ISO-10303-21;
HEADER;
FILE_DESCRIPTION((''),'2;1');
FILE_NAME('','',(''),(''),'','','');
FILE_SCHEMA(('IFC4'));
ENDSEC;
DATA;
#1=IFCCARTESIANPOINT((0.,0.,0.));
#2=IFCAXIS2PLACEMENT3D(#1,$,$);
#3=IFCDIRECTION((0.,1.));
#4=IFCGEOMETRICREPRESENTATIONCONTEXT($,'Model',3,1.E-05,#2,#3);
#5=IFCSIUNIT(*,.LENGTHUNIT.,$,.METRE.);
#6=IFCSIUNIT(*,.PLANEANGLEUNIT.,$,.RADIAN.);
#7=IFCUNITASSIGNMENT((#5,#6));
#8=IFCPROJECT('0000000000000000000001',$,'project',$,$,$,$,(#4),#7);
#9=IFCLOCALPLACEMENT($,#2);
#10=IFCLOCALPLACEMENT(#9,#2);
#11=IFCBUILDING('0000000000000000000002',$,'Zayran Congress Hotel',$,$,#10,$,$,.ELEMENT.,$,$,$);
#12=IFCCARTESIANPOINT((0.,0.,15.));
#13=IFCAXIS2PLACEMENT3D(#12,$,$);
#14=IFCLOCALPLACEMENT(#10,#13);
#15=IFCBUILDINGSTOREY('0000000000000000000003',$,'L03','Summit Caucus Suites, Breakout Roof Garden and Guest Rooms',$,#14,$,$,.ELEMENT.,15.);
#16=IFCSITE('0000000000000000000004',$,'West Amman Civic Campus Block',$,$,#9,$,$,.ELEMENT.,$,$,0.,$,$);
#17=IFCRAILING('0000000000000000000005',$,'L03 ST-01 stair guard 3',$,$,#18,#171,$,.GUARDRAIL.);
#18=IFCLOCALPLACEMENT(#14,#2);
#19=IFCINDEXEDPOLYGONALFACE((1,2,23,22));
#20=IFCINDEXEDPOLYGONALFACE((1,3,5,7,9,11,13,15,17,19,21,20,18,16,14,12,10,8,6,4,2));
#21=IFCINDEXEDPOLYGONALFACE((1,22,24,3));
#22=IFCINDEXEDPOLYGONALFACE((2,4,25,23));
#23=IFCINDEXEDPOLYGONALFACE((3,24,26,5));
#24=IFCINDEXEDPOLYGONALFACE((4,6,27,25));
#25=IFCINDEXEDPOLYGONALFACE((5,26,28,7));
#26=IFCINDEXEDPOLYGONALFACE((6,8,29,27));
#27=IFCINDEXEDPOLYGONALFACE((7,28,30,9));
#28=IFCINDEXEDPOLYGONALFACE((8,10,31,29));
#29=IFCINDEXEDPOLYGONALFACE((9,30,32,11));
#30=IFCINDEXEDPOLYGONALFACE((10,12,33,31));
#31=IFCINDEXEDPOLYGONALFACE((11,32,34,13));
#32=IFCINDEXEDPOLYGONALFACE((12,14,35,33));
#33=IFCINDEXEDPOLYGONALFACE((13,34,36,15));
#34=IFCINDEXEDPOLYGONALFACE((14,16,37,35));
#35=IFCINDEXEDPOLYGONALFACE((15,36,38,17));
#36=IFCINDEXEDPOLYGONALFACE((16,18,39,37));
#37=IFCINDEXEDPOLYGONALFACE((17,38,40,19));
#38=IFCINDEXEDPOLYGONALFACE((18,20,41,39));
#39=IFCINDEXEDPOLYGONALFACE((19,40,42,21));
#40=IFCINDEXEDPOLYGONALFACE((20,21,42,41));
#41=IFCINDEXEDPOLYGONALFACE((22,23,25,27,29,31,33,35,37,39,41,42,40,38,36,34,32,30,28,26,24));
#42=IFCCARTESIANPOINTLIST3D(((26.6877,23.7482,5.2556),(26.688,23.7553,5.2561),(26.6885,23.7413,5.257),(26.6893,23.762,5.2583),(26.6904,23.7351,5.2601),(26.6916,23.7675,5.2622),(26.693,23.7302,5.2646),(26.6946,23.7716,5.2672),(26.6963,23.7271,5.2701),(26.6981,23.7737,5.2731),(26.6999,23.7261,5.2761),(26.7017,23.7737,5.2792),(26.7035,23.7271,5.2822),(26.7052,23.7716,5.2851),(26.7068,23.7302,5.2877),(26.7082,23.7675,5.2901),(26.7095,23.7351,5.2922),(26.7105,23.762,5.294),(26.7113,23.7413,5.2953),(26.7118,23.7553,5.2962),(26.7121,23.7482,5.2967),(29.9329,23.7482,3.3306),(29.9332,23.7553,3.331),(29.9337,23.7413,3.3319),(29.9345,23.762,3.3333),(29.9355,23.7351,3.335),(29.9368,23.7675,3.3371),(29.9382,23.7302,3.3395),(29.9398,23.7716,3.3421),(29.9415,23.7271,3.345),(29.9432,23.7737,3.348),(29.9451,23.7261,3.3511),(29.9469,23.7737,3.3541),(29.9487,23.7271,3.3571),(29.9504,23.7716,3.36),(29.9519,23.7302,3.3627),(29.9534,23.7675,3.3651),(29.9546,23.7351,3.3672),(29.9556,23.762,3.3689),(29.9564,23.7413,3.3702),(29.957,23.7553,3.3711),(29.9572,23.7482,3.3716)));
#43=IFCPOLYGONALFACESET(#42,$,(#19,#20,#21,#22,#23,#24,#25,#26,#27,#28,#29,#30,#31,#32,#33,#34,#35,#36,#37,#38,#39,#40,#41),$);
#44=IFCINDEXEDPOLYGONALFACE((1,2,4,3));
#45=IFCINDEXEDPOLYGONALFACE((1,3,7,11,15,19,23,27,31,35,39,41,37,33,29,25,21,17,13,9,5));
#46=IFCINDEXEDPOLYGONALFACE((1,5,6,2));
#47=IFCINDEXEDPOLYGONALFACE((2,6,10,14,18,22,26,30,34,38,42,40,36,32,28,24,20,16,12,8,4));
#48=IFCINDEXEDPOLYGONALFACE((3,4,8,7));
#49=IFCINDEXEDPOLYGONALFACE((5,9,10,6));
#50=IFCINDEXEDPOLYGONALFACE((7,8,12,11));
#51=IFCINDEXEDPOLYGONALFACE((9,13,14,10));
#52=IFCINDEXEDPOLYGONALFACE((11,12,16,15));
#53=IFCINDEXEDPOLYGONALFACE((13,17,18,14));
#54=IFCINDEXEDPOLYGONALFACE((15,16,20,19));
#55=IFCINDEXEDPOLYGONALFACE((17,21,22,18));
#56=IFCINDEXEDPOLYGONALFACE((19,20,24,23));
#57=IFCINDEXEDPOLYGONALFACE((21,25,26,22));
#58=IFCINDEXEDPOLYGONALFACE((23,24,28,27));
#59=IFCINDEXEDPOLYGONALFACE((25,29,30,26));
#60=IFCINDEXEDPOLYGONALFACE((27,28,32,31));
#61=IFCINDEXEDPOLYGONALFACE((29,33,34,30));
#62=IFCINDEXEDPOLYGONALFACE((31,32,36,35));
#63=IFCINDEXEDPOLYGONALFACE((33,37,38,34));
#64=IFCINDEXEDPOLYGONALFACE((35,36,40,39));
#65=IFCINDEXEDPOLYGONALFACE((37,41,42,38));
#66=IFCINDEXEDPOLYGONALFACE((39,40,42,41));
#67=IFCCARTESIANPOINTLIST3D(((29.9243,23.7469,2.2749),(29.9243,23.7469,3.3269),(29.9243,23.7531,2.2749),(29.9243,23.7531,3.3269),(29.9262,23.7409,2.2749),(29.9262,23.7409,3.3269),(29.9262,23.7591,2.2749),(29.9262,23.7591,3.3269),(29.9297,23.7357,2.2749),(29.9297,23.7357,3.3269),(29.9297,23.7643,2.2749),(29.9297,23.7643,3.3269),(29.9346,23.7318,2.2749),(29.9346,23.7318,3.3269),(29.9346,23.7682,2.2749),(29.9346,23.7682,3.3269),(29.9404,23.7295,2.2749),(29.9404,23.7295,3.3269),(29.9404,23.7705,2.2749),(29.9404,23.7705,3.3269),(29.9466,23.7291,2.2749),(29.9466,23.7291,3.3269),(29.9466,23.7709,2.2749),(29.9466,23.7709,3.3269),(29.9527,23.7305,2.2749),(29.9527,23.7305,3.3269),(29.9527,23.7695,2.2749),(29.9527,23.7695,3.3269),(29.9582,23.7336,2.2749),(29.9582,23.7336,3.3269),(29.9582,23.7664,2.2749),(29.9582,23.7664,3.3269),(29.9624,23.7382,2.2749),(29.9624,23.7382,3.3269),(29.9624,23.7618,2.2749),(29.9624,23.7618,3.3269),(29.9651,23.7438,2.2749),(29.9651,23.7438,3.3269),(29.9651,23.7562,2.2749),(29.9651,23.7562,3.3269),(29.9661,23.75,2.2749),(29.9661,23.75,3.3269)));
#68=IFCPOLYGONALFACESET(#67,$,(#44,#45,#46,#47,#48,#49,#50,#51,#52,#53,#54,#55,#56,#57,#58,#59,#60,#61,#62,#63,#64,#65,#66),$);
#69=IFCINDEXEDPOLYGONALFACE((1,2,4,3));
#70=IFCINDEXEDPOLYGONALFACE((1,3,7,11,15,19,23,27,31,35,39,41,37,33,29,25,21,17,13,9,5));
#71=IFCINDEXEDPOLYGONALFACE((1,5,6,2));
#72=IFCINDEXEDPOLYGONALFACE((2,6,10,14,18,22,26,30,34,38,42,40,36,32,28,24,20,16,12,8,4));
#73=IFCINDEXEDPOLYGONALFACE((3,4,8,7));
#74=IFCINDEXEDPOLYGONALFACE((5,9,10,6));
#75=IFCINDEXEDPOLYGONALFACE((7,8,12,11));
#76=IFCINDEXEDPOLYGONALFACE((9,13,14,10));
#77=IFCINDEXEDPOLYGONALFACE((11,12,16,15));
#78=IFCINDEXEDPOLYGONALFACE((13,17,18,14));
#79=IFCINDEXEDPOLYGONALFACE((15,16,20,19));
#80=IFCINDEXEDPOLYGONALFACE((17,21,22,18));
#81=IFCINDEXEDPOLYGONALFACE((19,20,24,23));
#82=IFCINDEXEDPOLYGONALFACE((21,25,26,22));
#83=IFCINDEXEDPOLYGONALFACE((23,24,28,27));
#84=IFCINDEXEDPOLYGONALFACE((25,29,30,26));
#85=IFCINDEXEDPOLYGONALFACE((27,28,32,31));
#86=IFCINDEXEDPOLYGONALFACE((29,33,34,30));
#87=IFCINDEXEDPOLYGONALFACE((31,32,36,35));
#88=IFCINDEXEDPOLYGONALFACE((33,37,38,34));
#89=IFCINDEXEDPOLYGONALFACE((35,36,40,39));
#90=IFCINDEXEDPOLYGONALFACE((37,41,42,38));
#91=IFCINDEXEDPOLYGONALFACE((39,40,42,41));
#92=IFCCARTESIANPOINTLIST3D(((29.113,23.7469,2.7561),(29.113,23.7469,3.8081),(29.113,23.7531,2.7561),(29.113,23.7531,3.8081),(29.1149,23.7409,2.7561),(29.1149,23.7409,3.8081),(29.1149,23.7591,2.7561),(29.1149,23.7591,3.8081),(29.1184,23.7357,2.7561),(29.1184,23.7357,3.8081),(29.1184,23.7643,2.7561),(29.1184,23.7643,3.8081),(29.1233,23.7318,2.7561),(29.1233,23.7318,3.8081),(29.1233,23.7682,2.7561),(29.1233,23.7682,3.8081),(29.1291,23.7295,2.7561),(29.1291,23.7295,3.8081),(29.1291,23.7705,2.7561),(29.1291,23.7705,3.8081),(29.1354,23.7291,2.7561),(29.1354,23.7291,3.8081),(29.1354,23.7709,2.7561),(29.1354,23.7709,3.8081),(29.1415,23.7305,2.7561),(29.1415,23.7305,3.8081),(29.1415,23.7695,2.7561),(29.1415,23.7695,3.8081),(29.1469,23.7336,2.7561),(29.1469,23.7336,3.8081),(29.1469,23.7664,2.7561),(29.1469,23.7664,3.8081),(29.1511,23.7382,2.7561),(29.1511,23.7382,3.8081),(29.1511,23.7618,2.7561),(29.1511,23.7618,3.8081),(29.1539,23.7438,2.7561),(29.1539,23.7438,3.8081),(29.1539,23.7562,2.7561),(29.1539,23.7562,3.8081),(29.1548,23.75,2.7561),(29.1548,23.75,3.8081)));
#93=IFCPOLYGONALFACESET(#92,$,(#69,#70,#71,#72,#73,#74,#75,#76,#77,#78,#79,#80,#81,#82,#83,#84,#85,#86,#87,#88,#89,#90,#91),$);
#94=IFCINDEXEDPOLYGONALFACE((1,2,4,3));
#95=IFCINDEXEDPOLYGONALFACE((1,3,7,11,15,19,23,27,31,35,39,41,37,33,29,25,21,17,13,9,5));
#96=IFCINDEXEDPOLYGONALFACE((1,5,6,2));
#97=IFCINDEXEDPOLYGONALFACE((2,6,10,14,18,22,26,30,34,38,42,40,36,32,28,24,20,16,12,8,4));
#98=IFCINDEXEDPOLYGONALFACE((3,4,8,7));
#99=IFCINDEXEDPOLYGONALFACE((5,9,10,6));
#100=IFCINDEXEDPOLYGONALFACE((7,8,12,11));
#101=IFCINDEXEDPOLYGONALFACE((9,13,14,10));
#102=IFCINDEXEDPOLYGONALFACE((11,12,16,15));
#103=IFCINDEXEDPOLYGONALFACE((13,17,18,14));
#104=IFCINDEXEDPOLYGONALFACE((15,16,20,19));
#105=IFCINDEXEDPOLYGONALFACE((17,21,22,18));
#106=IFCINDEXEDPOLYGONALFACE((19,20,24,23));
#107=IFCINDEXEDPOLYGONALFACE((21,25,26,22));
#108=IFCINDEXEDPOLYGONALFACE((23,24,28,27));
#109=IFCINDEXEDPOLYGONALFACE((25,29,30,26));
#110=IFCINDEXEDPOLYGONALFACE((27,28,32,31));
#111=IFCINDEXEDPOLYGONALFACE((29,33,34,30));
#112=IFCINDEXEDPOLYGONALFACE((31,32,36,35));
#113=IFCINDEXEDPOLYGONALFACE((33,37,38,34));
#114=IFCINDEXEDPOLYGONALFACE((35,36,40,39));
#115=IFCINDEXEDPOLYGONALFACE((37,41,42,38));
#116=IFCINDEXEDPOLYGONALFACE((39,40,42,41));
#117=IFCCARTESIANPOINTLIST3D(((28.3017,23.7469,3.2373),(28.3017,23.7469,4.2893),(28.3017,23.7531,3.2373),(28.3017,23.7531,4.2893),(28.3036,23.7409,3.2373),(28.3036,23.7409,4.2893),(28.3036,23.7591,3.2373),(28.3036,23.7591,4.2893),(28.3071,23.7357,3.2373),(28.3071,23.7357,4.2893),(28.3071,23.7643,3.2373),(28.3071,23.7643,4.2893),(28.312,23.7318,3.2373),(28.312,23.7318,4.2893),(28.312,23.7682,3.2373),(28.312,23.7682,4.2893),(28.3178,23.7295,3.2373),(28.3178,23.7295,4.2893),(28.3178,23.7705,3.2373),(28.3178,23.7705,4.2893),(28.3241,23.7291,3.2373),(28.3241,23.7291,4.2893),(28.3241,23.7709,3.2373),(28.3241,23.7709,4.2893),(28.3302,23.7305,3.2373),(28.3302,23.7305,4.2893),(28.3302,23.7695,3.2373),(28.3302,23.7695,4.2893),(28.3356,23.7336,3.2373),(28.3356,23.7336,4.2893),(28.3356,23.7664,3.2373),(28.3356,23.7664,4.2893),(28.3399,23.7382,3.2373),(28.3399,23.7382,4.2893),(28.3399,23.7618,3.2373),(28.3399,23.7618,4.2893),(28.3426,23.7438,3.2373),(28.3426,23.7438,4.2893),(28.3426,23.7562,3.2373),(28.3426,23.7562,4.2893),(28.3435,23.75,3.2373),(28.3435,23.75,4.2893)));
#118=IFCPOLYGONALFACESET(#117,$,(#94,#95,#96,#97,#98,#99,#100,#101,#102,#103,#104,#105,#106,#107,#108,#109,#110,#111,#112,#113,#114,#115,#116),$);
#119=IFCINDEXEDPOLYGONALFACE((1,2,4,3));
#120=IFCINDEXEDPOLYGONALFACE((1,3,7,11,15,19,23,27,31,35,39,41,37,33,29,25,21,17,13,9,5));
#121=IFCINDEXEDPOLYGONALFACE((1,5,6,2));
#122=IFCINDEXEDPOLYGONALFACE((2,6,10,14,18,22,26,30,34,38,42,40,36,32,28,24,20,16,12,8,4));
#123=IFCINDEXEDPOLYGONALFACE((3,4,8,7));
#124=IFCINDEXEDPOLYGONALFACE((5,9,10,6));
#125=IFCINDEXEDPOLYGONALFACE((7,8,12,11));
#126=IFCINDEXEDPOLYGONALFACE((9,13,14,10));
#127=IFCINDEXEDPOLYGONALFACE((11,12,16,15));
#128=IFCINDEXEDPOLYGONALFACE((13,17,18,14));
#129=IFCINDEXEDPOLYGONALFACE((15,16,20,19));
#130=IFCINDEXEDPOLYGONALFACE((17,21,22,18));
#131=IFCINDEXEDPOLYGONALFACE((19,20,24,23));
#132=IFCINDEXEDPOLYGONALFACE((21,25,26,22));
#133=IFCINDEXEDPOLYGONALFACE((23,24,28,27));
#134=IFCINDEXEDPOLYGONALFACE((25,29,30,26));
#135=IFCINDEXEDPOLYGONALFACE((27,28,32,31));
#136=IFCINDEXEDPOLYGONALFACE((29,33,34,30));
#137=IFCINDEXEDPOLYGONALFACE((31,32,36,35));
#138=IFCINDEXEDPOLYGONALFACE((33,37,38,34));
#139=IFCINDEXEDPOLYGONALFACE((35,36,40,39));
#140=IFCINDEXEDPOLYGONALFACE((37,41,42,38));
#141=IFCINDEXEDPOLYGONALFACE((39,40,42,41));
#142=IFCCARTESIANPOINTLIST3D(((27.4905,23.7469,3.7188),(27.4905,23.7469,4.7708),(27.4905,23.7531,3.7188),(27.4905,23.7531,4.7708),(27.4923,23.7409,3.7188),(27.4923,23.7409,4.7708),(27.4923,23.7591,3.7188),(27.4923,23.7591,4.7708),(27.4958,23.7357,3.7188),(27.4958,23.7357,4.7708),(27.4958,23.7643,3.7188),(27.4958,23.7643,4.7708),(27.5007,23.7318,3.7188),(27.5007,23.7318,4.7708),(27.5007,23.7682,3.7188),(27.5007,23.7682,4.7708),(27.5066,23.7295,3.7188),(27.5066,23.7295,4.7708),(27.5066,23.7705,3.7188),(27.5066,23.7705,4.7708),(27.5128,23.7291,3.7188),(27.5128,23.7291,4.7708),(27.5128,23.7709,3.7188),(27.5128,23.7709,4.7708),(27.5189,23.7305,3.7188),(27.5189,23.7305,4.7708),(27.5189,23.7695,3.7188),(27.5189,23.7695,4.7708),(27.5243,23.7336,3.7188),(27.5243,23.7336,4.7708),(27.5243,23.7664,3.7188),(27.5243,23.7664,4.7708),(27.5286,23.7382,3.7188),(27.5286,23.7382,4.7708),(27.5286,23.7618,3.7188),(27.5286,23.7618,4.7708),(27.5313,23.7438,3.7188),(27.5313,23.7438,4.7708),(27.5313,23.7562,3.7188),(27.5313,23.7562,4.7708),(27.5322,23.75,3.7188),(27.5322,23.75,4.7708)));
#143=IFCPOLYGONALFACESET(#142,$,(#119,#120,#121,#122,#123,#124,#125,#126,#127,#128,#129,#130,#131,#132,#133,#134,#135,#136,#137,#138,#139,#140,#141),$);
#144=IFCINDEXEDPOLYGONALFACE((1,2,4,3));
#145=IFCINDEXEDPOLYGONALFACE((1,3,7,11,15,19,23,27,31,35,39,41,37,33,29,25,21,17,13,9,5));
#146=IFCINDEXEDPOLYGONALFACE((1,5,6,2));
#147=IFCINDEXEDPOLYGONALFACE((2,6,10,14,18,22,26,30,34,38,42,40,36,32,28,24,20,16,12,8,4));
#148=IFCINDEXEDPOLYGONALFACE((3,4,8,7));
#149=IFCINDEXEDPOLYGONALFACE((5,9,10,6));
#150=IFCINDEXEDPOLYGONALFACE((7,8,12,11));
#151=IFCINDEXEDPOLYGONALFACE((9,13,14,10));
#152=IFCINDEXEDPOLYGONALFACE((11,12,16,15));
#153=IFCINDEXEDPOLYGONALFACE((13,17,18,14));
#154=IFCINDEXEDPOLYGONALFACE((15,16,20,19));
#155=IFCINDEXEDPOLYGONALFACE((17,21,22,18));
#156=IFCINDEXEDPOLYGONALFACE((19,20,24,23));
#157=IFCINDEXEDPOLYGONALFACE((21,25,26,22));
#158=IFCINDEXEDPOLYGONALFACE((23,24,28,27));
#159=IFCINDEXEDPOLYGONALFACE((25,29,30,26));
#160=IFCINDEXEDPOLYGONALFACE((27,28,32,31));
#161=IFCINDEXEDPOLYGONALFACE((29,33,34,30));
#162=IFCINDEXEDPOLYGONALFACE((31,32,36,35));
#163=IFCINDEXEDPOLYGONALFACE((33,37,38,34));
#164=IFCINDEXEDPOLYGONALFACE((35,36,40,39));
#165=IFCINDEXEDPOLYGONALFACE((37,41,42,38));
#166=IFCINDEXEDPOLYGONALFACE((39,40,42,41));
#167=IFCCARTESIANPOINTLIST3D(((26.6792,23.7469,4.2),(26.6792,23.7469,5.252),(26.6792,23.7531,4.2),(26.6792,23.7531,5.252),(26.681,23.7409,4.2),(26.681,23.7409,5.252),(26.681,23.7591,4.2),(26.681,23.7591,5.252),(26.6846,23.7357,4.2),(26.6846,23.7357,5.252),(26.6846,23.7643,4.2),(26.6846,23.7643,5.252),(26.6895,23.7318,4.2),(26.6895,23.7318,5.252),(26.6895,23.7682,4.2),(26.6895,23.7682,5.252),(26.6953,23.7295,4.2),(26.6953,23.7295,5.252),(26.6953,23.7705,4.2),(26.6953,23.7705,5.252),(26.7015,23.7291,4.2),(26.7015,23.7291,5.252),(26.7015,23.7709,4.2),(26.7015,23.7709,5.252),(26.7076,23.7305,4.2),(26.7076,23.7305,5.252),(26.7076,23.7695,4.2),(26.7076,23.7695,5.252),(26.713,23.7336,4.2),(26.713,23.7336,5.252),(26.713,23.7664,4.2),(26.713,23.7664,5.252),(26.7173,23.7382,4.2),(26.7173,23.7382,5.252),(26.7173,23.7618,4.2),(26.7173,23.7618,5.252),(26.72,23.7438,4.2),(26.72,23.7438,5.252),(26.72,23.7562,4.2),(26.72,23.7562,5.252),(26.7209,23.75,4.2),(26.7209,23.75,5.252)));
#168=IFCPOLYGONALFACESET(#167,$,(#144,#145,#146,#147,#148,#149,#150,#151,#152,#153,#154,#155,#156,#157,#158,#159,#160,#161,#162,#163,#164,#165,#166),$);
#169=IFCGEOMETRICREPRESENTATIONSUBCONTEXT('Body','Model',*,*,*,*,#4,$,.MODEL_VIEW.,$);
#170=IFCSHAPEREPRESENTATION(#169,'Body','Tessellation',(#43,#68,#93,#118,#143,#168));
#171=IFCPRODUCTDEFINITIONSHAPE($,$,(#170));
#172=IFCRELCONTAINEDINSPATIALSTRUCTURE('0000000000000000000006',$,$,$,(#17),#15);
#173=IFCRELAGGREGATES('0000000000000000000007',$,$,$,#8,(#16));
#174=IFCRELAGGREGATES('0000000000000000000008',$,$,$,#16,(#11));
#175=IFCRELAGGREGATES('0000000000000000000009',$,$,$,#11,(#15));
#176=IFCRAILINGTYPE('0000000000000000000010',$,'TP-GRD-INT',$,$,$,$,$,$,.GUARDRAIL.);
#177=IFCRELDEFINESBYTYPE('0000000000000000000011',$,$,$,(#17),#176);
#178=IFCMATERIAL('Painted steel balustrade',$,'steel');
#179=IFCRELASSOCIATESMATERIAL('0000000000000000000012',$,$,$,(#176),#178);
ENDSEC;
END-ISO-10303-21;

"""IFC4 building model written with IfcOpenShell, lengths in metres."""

from ifc_helpers import new_model, si_unit, direction, frame, origin, origin_2d, place, context, subcontext, project, spatial, circle, extrude, material, type_object, element, save


model = new_model("IFC4")

# Units and contexts
model_context = context("Model", 3, precision=1e-05, world=origin(), true_north=direction((0.0, 1.0)))
body_context = subcontext(model_context, "Body", "Model", "MODEL_VIEW")
ifc_project = project(units=[si_unit("LENGTHUNIT", "METRE"), si_unit("PLANEANGLEUNIT", "RADIAN")], contexts=[model_context])

# Site, building, storey
site_placement = place(None, origin())
site = spatial("IfcSite", under=ifc_project, at=site_placement, Name="West Amman Civic Campus Block", CompositionType="ELEMENT", RefElevation=0.0)
building_placement = place(site_placement, origin())
building = spatial("IfcBuilding", under=site, at=building_placement, Name="Zayran Congress Hotel", CompositionType="ELEMENT")
storey_placement = place(building_placement, frame((0.0, 0.0, 15.0)))
storey = spatial("IfcBuildingStorey", under=building, at=storey_placement, Name="L03", Description="Summit Caucus Suites, Breakout Roof Garden and Guest Rooms", CompositionType="ELEMENT", Elevation=15.0)

# Railing
ifc_material_1 = material(Name="Painted steel balustrade", Category="steel")
railing_type_1 = type_object("IfcRailingType", Name="TP-GRD-INT", PredefinedType="GUARDRAIL", material=ifc_material_1)
for number, where, name in (
    (1, (29.9451, 23.75, 2.2749), "L03 ST-01 stair guard 3"),
):
    element("IfcRailing", number, at=place(storey_placement, frame(where)), inside=storey, type_object=railing_type_1, Name=name, PredefinedType="GUARDRAIL", context=body_context, shape_type="SweptSolid", body=[
        extrude(circle(Radius=0.0239, at=origin_2d()), frame((0.0, 0.0, 1.0762), z_axis=(-0.860057, 0.0, 0.510198), x_axis=(0.0, -1.0, 0.0)), (0.0, 0.0, 1.0), 3.7732),
        extrude(circle(Radius=0.021, at=origin_2d()), origin(), (0.0, 0.0, 1.0), 1.052),
        extrude(circle(Radius=0.021, at=origin_2d()), frame((-0.8113, 0.0, 0.4812)), (0.0, 0.0, 1.0), 1.052),
        extrude(circle(Radius=0.021, at=origin_2d()), frame((-1.6226, 0.0, 0.9624)), (0.0, 0.0, 1.0), 1.052),
        extrude(circle(Radius=0.021, at=origin_2d()), frame((-2.4338, 0.0, 1.4438)), (0.0, 0.0, 1.0), 1.052),
        extrude(circle(Radius=0.021, at=origin_2d()), frame((-3.2451, 0.0, 1.925)), (0.0, 0.0, 1.0), 1.052),
    ])

save(model, "model.ifc")
